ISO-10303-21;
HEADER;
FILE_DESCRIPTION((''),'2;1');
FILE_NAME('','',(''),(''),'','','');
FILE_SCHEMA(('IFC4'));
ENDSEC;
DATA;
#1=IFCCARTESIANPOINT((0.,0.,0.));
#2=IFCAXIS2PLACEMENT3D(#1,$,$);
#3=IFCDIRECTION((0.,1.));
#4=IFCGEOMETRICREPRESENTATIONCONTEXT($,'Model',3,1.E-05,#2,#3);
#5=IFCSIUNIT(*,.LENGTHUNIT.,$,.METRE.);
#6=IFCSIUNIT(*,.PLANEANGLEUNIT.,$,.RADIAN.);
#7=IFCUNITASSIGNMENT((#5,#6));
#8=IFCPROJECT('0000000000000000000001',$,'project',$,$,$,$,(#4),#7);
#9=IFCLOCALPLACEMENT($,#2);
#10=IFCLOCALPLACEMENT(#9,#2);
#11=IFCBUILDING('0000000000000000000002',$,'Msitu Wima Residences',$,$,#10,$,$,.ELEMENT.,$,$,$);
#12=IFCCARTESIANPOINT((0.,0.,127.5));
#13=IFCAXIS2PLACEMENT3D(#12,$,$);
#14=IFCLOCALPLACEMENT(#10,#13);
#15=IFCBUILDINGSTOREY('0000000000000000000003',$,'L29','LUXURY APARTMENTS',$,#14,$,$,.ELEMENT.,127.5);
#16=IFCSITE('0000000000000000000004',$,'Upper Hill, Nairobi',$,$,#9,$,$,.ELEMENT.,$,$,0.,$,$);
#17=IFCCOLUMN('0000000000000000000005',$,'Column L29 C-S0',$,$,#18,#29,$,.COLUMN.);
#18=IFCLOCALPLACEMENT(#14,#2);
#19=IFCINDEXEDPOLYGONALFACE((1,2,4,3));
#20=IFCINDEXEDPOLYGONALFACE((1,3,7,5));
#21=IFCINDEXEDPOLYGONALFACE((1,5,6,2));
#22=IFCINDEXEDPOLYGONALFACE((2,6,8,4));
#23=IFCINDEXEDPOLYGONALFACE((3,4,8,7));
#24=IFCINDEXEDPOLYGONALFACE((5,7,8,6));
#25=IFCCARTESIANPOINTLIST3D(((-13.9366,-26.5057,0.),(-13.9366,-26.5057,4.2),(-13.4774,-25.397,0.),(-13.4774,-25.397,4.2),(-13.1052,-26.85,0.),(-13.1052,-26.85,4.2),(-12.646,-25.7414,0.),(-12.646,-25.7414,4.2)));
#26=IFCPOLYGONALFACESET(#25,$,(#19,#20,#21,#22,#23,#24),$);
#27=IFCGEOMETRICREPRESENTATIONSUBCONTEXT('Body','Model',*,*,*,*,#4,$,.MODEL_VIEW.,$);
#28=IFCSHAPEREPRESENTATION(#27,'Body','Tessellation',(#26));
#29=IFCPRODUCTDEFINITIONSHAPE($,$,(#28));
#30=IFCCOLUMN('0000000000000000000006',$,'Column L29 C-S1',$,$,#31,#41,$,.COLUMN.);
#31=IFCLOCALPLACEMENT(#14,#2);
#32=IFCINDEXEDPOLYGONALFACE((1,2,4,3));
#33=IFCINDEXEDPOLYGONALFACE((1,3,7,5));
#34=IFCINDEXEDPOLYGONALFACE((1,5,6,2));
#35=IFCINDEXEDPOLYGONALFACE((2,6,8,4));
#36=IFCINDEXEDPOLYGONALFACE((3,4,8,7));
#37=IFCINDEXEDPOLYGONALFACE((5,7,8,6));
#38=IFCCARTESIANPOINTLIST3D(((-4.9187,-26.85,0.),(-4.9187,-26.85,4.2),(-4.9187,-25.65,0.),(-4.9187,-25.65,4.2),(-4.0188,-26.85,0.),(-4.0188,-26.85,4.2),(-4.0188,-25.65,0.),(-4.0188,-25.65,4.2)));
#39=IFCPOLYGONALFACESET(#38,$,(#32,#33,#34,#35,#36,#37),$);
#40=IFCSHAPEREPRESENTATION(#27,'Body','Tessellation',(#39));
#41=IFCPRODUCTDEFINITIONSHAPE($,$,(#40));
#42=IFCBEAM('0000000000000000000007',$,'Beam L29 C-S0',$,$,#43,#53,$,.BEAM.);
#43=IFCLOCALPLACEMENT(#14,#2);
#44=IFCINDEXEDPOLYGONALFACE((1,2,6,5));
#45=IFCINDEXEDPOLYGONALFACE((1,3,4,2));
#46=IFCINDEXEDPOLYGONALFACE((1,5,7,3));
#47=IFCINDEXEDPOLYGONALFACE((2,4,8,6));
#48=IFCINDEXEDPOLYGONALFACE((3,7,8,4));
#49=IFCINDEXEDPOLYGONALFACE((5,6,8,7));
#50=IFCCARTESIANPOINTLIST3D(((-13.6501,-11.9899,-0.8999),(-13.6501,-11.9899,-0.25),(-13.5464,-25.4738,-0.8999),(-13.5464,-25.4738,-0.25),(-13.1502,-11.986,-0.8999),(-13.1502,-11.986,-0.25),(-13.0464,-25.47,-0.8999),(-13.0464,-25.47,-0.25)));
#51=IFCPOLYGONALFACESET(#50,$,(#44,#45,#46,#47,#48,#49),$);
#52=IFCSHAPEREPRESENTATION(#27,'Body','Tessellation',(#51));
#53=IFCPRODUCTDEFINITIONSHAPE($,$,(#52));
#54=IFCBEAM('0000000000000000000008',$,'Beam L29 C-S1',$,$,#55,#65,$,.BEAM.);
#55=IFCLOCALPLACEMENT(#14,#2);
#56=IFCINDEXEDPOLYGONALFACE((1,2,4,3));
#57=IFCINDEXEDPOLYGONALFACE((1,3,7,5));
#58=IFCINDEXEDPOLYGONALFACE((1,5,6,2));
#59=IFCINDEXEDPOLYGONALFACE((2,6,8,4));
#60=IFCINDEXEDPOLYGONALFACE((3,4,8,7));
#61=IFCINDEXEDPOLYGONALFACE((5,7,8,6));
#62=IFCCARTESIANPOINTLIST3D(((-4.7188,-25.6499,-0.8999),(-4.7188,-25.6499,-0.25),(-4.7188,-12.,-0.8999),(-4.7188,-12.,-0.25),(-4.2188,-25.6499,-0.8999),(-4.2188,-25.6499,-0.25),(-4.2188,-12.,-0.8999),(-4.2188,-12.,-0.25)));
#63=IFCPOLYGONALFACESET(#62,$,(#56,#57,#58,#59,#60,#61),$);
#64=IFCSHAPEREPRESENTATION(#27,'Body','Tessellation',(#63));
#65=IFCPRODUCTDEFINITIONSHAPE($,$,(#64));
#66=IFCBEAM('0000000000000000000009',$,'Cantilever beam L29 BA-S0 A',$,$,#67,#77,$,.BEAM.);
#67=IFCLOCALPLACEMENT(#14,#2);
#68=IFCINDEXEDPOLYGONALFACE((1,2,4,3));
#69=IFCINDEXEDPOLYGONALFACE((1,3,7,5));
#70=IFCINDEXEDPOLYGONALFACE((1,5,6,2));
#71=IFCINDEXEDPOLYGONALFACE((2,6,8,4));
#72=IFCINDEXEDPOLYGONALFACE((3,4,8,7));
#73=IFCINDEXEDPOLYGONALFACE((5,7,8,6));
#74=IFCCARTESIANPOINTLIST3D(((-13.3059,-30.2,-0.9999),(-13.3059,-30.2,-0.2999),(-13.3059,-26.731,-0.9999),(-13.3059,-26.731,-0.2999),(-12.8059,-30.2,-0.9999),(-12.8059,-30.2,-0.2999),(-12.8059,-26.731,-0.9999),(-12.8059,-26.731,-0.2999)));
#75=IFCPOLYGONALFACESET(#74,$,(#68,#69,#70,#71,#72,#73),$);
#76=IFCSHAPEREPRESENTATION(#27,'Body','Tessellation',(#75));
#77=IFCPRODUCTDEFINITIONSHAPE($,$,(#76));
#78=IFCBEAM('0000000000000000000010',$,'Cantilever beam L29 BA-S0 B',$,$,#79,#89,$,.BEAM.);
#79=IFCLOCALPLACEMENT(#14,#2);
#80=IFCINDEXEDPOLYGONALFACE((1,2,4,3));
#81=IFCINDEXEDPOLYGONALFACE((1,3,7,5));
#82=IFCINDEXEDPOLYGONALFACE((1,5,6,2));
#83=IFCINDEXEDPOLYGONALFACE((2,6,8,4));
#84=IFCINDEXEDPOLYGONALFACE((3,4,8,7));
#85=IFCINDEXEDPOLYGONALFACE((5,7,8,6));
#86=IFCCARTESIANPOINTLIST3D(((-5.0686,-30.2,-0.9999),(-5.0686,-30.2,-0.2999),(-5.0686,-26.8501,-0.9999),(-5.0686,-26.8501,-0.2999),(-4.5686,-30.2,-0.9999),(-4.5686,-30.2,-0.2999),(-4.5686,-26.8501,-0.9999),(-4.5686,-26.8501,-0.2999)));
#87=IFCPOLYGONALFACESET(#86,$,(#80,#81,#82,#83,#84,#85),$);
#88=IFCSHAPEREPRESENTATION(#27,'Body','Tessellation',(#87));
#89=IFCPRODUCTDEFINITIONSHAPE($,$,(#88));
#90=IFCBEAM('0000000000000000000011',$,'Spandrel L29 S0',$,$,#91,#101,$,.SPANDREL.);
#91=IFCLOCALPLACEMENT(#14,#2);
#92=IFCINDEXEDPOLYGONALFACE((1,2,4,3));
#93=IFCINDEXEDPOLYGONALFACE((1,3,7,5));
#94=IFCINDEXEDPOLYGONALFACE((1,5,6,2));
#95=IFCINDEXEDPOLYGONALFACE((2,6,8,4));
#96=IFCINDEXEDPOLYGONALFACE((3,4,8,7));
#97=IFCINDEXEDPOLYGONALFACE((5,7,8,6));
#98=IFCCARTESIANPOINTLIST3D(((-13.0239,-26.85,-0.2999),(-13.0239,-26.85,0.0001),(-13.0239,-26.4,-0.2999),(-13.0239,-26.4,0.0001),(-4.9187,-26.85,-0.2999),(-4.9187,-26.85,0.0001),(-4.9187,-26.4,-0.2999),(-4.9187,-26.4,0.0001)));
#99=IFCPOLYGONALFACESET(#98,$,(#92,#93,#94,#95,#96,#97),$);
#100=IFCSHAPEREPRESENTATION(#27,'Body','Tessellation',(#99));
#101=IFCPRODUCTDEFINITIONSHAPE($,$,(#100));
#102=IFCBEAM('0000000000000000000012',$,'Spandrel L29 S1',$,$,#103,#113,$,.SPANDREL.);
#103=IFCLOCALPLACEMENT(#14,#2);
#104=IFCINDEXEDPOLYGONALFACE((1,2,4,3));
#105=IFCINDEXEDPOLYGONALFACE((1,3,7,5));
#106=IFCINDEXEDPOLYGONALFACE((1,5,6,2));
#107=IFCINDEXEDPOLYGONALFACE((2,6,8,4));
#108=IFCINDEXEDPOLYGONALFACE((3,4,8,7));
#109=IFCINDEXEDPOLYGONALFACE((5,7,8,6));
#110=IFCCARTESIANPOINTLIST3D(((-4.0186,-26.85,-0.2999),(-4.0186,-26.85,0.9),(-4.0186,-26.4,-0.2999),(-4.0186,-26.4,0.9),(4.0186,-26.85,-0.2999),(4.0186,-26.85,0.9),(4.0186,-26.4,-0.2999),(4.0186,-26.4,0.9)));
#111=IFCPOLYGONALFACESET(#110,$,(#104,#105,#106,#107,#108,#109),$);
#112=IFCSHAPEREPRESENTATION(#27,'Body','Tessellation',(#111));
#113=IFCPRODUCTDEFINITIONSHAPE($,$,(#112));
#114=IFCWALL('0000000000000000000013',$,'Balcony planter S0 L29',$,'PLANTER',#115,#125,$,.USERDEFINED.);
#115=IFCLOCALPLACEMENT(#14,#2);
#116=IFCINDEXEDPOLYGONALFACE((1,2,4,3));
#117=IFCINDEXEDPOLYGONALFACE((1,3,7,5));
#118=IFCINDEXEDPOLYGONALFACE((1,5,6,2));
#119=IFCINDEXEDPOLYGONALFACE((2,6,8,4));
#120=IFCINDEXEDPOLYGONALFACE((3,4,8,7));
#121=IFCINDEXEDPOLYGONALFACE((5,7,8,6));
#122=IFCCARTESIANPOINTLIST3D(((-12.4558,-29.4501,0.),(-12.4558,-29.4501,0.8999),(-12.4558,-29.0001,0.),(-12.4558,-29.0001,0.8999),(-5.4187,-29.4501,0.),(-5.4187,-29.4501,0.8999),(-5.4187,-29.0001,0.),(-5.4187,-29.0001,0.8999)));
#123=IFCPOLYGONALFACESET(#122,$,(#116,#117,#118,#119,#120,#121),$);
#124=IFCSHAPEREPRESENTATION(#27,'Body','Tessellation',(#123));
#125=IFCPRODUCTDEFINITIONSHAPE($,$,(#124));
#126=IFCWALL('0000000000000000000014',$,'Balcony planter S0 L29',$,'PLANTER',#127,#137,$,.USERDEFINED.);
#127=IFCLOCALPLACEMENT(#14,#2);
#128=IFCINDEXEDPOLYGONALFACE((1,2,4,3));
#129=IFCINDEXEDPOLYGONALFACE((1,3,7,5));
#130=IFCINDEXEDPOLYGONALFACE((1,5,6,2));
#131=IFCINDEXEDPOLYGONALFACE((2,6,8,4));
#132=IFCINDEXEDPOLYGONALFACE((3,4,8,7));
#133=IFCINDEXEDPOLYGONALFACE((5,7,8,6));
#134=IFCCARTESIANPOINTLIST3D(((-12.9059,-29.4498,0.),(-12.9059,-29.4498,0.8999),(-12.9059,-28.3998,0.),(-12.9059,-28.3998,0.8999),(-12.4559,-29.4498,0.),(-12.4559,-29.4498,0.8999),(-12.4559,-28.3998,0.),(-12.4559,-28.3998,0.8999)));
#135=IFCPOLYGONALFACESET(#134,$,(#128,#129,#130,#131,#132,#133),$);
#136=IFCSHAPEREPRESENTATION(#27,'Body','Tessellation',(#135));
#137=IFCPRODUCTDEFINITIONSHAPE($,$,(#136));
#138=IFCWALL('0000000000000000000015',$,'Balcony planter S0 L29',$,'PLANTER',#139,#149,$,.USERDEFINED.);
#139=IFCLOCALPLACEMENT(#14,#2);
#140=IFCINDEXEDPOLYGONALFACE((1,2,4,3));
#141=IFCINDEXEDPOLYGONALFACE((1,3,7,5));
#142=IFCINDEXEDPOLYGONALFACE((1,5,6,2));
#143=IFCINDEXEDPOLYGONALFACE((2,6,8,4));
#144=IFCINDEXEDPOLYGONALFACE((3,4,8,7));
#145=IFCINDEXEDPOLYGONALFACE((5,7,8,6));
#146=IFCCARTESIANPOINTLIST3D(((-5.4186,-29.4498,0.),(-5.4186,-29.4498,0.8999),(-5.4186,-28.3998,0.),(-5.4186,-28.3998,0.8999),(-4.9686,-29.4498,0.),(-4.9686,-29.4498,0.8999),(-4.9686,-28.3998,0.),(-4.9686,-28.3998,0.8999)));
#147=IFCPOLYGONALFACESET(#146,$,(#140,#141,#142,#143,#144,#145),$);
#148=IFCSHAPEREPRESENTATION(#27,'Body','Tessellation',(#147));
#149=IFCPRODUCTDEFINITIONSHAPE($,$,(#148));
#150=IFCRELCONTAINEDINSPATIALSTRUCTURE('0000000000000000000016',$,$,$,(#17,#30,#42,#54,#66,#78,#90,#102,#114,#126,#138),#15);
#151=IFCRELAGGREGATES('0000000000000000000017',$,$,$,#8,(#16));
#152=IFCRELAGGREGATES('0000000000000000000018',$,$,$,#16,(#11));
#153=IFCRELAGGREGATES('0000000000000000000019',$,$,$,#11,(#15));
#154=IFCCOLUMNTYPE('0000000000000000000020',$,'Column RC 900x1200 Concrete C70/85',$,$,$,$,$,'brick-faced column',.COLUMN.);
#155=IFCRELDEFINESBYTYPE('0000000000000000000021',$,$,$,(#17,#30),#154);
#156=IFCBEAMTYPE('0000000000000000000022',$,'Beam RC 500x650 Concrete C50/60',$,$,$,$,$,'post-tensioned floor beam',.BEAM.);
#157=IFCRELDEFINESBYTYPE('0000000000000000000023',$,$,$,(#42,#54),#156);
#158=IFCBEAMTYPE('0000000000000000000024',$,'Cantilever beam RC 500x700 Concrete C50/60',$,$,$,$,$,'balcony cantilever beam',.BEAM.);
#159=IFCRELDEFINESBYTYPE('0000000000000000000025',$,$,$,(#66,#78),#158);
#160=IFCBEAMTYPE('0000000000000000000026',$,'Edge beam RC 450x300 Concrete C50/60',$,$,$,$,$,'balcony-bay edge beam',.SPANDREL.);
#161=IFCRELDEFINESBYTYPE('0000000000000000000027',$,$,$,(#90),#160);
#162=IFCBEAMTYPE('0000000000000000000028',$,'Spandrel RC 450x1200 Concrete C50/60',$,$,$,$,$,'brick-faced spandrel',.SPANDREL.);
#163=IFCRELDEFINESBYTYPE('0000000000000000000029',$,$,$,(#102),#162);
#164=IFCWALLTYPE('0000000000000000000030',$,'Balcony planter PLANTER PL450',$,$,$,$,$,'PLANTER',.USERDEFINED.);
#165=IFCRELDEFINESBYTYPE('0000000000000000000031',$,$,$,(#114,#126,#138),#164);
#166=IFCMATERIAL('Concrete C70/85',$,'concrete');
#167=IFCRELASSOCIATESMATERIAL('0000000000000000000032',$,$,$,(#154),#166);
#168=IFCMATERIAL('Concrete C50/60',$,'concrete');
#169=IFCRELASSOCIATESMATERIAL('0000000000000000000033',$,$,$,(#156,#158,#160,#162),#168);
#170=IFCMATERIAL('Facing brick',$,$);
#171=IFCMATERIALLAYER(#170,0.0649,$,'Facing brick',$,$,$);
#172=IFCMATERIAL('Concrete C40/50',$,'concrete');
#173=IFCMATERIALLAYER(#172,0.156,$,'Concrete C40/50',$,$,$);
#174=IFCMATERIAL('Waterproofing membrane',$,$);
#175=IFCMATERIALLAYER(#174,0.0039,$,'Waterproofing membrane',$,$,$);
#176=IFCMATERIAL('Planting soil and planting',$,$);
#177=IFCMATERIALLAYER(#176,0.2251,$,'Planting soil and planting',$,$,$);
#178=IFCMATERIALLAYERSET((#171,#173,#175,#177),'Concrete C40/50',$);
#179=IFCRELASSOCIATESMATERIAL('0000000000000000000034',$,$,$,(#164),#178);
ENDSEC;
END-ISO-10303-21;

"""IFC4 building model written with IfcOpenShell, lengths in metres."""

from ifc_helpers import new_model, si_unit, direction, frame, frame_2d, origin, origin_2d, place, context, subcontext, project, spatial, rectangle, extrude, material, layer, layer_set, material_profile, profile_set, type_object, element, save


model = new_model("IFC4")

# Units and contexts
model_context = context("Model", 3, precision=1e-05, world=origin(), true_north=direction((0.0, 1.0)))
body_context = subcontext(model_context, "Body", "Model", "MODEL_VIEW")
ifc_project = project(units=[si_unit("LENGTHUNIT", "METRE"), si_unit("PLANEANGLEUNIT", "RADIAN")], contexts=[model_context])

# Site, building, storey
site_placement = place(None, origin())
site = spatial("IfcSite", under=ifc_project, at=site_placement, Name="Upper Hill, Nairobi", CompositionType="ELEMENT", RefElevation=0.0)
building_placement = place(site_placement, origin())
building = spatial("IfcBuilding", under=site, at=building_placement, Name="Msitu Wima Residences", CompositionType="ELEMENT")
storey_placement = place(building_placement, frame((0.0, 0.0, 127.5)))
storey = spatial("IfcBuildingStorey", under=building, at=storey_placement, Name="L29", Description="LUXURY APARTMENTS", CompositionType="ELEMENT", Elevation=127.5)

# Columns
ifc_material_1 = material(Name="Concrete C70/85", Category="concrete")
ifc_material_profile_1 = material_profile(ifc_material_1, rectangle(XDim=0.8999, YDim=1.2, at=origin_2d()), Name="RC 900x1200")
ifc_profile_set_1 = profile_set([ifc_material_profile_1], Name="Concrete C70/85")
column_type = type_object("IfcColumnType", Name="Column RC 900x1200 Concrete C70/85", ElementType="brick-faced column", PredefinedType="COLUMN", material=ifc_profile_set_1)
for number, where, z_axis, x_axis, name in (
    (1, (-13.2913, -26.1235, 0.0), (0.0, 0.0, 1.0), (0.92388, -0.382683, 0.0), "Column L29 C-S0"),
    (2, (-4.4688, -26.25, 0.0), (0.0, 0.0, 1.0), (1.0, 0.0, 0.0), "Column L29 C-S1"),
):
    element("IfcColumn", number, at=place(storey_placement, frame(where, z_axis=z_axis, x_axis=x_axis)), inside=storey, type_object=column_type, Name=name, PredefinedType="COLUMN", context=body_context, shape_type="SweptSolid", body=[
        extrude(rectangle(XDim=0.8999, YDim=1.2, at=origin_2d()), origin(), (0.0, 0.0, 1.0), 4.2),
    ])

# Beams
ifc_material_2 = material(Name="Concrete C50/60", Category="concrete")
ifc_material_profile_2 = material_profile(ifc_material_2, rectangle(XDim=0.5, YDim=0.6499, at=origin_2d()), Name="RC 500x650")
ifc_profile_set_2 = profile_set([ifc_material_profile_2], Name="Concrete C50/60")
beam_type_1 = type_object("IfcBeamType", Name="Beam RC 500x650 Concrete C50/60", ElementType="post-tensioned floor beam", PredefinedType="BEAM", material=ifc_profile_set_2)
beam_1_placement = place(storey_placement, frame((-13.2964, -25.4719, -0.575), z_axis=(-0.007695, 0.99997, 0.0), x_axis=(-0.99997, -0.007695, 0.0)))
element("IfcBeam", 3, at=beam_1_placement, inside=storey, type_object=beam_type_1, Name="Beam L29 C-S0", PredefinedType="BEAM", context=body_context, shape_type="SweptSolid", body=[
    extrude(rectangle(XDim=0.5, YDim=0.6499, at=origin_2d()), origin(), (0.0, 0.0, 1.0), 13.4844),
])
beam_2_placement = place(storey_placement, frame((-4.4688, -25.6499, -0.575), z_axis=(0.0, 1.0, 0.0), x_axis=(-1.0, 0.0, 0.0)))
element("IfcBeam", 4, at=beam_2_placement, inside=storey, type_object=beam_type_1, Name="Beam L29 C-S1", PredefinedType="BEAM", context=body_context, shape_type="SweptSolid", body=[
    extrude(rectangle(XDim=0.5, YDim=0.6499, at=origin_2d()), origin(), (0.0, 0.0, 1.0), 13.6499),
])
ifc_material_profile_3 = material_profile(ifc_material_2, rectangle(XDim=0.5, YDim=0.7, at=origin_2d()), Name="RC 500x700")
ifc_profile_set_3 = profile_set([ifc_material_profile_3], Name="Concrete C50/60")
beam_type_2 = type_object("IfcBeamType", Name="Cantilever beam RC 500x700 Concrete C50/60", ElementType="balcony cantilever beam", PredefinedType="BEAM", material=ifc_profile_set_3)
beam_3_placement = place(storey_placement, frame((-13.0559, -26.731, -0.6499), z_axis=(0.0, -1.0, 0.0), x_axis=(1.0, 0.0, 0.0)))
element("IfcBeam", 5, at=beam_3_placement, inside=storey, type_object=beam_type_2, Name="Cantilever beam L29 BA-S0 A", PredefinedType="BEAM", context=body_context, shape_type="SweptSolid", body=[
    extrude(rectangle(XDim=0.5, YDim=0.7, at=origin_2d()), origin(), (0.0, 0.0, 1.0), 3.469),
])
beam_4_placement = place(storey_placement, frame((-4.8186, -26.8501, -0.6499), z_axis=(0.0, -1.0, 0.0), x_axis=(1.0, 0.0, 0.0)))
element("IfcBeam", 6, at=beam_4_placement, inside=storey, type_object=beam_type_2, Name="Cantilever beam L29 BA-S0 B", PredefinedType="BEAM", context=body_context, shape_type="SweptSolid", body=[
    extrude(rectangle(XDim=0.5, YDim=0.7, at=origin_2d()), origin(), (0.0, 0.0, 1.0), 3.3499),
])
ifc_material_profile_4 = material_profile(ifc_material_2, rectangle(XDim=0.45, YDim=0.3, at=origin_2d()), Name="RC 450x300")
ifc_profile_set_4 = profile_set([ifc_material_profile_4], Name="Concrete C50/60")
beam_type_3 = type_object("IfcBeamType", Name="Edge beam RC 450x300 Concrete C50/60", ElementType="balcony-bay edge beam", PredefinedType="SPANDREL", material=ifc_profile_set_4)
beam_5_placement = place(storey_placement, frame((-13.0239, -26.625, -0.1499), z_axis=(1.0, 0.0, 0.0), x_axis=(0.0, 1.0, 0.0)))
element("IfcBeam", 7, at=beam_5_placement, inside=storey, type_object=beam_type_3, Name="Spandrel L29 S0", PredefinedType="SPANDREL", context=body_context, shape_type="SweptSolid", body=[
    extrude(rectangle(XDim=0.45, YDim=0.3, at=origin_2d()), origin(), (0.0, 0.0, 1.0), 8.1052),
])
ifc_material_profile_5 = material_profile(ifc_material_2, rectangle(XDim=0.45, YDim=1.2, at=origin_2d()), Name="RC 450x1200")
ifc_profile_set_5 = profile_set([ifc_material_profile_5], Name="Concrete C50/60")
beam_type_4 = type_object("IfcBeamType", Name="Spandrel RC 450x1200 Concrete C50/60", ElementType="brick-faced spandrel", PredefinedType="SPANDREL", material=ifc_profile_set_5)
beam_6_placement = place(storey_placement, frame((-4.0186, -26.625, 0.3), z_axis=(1.0, 0.0, 0.0), x_axis=(0.0, 1.0, 0.0)))
element("IfcBeam", 8, at=beam_6_placement, inside=storey, type_object=beam_type_4, Name="Spandrel L29 S1", PredefinedType="SPANDREL", context=body_context, shape_type="SweptSolid", body=[
    extrude(rectangle(XDim=0.45, YDim=1.2, at=origin_2d()), origin(), (0.0, 0.0, 1.0), 8.0371),
])

# Walls
ifc_material_3 = material(Name="Facing brick")
ifc_layer_1 = layer(ifc_material_3, 0.0649, Name="Facing brick")
ifc_material_4 = material(Name="Concrete C40/50", Category="concrete")
ifc_layer_2 = layer(ifc_material_4, 0.156, Name="Concrete C40/50")
ifc_material_5 = material(Name="Waterproofing membrane")
ifc_layer_3 = layer(ifc_material_5, 0.0039, Name="Waterproofing membrane")
ifc_material_6 = material(Name="Planting soil and planting")
ifc_layer_4 = layer(ifc_material_6, 0.2251, Name="Planting soil and planting")
ifc_layer_set_1 = layer_set([ifc_layer_1, ifc_layer_2, ifc_layer_3, ifc_layer_4], Name="Concrete C40/50")
wall_type_1 = type_object("IfcWallType", Name="Balcony planter PLANTER PL450", ElementType="PLANTER", PredefinedType="USERDEFINED", material=ifc_layer_set_1)
wall_1_placement = place(storey_placement, frame((-12.4558, -29.2251, 0.0), z_axis=(0.0, 0.0, 1.0), x_axis=(1.0, 0.0, 0.0)))
element("IfcWall", 9, at=wall_1_placement, inside=storey, type_object=wall_type_1, Name="Balcony planter S0 L29", ObjectType="PLANTER", PredefinedType="USERDEFINED", context=body_context, shape_type="SweptSolid", body=[
    extrude(rectangle(XDim=7.0371, YDim=0.45, at=frame_2d((3.5186, 0.0))), origin(), (0.0, 0.0, 1.0), 0.8999),
])
for number, where, z_axis, x_axis, name in (
    (10, (-12.6809, -28.3999, 0.0), (0.0, 0.0, 1.0), (0.0, -1.0, 0.0), "Balcony planter S0 L29"),
    (11, (-5.1936, -28.3999, 0.0), (0.0, 0.0, 1.0), (0.0, -1.0, 0.0), "Balcony planter S0 L29"),
):
    element("IfcWall", number, at=place(storey_placement, frame(where, z_axis=z_axis, x_axis=x_axis)), inside=storey, type_object=wall_type_1, Name=name, ObjectType="PLANTER", PredefinedType="USERDEFINED", context=body_context, shape_type="SweptSolid", body=[
        extrude(rectangle(XDim=1.05, YDim=0.45, at=frame_2d((0.5249, 0.0))), origin(), (0.0, 0.0, 1.0), 0.8999),
    ])

save(model, "model.ifc")
